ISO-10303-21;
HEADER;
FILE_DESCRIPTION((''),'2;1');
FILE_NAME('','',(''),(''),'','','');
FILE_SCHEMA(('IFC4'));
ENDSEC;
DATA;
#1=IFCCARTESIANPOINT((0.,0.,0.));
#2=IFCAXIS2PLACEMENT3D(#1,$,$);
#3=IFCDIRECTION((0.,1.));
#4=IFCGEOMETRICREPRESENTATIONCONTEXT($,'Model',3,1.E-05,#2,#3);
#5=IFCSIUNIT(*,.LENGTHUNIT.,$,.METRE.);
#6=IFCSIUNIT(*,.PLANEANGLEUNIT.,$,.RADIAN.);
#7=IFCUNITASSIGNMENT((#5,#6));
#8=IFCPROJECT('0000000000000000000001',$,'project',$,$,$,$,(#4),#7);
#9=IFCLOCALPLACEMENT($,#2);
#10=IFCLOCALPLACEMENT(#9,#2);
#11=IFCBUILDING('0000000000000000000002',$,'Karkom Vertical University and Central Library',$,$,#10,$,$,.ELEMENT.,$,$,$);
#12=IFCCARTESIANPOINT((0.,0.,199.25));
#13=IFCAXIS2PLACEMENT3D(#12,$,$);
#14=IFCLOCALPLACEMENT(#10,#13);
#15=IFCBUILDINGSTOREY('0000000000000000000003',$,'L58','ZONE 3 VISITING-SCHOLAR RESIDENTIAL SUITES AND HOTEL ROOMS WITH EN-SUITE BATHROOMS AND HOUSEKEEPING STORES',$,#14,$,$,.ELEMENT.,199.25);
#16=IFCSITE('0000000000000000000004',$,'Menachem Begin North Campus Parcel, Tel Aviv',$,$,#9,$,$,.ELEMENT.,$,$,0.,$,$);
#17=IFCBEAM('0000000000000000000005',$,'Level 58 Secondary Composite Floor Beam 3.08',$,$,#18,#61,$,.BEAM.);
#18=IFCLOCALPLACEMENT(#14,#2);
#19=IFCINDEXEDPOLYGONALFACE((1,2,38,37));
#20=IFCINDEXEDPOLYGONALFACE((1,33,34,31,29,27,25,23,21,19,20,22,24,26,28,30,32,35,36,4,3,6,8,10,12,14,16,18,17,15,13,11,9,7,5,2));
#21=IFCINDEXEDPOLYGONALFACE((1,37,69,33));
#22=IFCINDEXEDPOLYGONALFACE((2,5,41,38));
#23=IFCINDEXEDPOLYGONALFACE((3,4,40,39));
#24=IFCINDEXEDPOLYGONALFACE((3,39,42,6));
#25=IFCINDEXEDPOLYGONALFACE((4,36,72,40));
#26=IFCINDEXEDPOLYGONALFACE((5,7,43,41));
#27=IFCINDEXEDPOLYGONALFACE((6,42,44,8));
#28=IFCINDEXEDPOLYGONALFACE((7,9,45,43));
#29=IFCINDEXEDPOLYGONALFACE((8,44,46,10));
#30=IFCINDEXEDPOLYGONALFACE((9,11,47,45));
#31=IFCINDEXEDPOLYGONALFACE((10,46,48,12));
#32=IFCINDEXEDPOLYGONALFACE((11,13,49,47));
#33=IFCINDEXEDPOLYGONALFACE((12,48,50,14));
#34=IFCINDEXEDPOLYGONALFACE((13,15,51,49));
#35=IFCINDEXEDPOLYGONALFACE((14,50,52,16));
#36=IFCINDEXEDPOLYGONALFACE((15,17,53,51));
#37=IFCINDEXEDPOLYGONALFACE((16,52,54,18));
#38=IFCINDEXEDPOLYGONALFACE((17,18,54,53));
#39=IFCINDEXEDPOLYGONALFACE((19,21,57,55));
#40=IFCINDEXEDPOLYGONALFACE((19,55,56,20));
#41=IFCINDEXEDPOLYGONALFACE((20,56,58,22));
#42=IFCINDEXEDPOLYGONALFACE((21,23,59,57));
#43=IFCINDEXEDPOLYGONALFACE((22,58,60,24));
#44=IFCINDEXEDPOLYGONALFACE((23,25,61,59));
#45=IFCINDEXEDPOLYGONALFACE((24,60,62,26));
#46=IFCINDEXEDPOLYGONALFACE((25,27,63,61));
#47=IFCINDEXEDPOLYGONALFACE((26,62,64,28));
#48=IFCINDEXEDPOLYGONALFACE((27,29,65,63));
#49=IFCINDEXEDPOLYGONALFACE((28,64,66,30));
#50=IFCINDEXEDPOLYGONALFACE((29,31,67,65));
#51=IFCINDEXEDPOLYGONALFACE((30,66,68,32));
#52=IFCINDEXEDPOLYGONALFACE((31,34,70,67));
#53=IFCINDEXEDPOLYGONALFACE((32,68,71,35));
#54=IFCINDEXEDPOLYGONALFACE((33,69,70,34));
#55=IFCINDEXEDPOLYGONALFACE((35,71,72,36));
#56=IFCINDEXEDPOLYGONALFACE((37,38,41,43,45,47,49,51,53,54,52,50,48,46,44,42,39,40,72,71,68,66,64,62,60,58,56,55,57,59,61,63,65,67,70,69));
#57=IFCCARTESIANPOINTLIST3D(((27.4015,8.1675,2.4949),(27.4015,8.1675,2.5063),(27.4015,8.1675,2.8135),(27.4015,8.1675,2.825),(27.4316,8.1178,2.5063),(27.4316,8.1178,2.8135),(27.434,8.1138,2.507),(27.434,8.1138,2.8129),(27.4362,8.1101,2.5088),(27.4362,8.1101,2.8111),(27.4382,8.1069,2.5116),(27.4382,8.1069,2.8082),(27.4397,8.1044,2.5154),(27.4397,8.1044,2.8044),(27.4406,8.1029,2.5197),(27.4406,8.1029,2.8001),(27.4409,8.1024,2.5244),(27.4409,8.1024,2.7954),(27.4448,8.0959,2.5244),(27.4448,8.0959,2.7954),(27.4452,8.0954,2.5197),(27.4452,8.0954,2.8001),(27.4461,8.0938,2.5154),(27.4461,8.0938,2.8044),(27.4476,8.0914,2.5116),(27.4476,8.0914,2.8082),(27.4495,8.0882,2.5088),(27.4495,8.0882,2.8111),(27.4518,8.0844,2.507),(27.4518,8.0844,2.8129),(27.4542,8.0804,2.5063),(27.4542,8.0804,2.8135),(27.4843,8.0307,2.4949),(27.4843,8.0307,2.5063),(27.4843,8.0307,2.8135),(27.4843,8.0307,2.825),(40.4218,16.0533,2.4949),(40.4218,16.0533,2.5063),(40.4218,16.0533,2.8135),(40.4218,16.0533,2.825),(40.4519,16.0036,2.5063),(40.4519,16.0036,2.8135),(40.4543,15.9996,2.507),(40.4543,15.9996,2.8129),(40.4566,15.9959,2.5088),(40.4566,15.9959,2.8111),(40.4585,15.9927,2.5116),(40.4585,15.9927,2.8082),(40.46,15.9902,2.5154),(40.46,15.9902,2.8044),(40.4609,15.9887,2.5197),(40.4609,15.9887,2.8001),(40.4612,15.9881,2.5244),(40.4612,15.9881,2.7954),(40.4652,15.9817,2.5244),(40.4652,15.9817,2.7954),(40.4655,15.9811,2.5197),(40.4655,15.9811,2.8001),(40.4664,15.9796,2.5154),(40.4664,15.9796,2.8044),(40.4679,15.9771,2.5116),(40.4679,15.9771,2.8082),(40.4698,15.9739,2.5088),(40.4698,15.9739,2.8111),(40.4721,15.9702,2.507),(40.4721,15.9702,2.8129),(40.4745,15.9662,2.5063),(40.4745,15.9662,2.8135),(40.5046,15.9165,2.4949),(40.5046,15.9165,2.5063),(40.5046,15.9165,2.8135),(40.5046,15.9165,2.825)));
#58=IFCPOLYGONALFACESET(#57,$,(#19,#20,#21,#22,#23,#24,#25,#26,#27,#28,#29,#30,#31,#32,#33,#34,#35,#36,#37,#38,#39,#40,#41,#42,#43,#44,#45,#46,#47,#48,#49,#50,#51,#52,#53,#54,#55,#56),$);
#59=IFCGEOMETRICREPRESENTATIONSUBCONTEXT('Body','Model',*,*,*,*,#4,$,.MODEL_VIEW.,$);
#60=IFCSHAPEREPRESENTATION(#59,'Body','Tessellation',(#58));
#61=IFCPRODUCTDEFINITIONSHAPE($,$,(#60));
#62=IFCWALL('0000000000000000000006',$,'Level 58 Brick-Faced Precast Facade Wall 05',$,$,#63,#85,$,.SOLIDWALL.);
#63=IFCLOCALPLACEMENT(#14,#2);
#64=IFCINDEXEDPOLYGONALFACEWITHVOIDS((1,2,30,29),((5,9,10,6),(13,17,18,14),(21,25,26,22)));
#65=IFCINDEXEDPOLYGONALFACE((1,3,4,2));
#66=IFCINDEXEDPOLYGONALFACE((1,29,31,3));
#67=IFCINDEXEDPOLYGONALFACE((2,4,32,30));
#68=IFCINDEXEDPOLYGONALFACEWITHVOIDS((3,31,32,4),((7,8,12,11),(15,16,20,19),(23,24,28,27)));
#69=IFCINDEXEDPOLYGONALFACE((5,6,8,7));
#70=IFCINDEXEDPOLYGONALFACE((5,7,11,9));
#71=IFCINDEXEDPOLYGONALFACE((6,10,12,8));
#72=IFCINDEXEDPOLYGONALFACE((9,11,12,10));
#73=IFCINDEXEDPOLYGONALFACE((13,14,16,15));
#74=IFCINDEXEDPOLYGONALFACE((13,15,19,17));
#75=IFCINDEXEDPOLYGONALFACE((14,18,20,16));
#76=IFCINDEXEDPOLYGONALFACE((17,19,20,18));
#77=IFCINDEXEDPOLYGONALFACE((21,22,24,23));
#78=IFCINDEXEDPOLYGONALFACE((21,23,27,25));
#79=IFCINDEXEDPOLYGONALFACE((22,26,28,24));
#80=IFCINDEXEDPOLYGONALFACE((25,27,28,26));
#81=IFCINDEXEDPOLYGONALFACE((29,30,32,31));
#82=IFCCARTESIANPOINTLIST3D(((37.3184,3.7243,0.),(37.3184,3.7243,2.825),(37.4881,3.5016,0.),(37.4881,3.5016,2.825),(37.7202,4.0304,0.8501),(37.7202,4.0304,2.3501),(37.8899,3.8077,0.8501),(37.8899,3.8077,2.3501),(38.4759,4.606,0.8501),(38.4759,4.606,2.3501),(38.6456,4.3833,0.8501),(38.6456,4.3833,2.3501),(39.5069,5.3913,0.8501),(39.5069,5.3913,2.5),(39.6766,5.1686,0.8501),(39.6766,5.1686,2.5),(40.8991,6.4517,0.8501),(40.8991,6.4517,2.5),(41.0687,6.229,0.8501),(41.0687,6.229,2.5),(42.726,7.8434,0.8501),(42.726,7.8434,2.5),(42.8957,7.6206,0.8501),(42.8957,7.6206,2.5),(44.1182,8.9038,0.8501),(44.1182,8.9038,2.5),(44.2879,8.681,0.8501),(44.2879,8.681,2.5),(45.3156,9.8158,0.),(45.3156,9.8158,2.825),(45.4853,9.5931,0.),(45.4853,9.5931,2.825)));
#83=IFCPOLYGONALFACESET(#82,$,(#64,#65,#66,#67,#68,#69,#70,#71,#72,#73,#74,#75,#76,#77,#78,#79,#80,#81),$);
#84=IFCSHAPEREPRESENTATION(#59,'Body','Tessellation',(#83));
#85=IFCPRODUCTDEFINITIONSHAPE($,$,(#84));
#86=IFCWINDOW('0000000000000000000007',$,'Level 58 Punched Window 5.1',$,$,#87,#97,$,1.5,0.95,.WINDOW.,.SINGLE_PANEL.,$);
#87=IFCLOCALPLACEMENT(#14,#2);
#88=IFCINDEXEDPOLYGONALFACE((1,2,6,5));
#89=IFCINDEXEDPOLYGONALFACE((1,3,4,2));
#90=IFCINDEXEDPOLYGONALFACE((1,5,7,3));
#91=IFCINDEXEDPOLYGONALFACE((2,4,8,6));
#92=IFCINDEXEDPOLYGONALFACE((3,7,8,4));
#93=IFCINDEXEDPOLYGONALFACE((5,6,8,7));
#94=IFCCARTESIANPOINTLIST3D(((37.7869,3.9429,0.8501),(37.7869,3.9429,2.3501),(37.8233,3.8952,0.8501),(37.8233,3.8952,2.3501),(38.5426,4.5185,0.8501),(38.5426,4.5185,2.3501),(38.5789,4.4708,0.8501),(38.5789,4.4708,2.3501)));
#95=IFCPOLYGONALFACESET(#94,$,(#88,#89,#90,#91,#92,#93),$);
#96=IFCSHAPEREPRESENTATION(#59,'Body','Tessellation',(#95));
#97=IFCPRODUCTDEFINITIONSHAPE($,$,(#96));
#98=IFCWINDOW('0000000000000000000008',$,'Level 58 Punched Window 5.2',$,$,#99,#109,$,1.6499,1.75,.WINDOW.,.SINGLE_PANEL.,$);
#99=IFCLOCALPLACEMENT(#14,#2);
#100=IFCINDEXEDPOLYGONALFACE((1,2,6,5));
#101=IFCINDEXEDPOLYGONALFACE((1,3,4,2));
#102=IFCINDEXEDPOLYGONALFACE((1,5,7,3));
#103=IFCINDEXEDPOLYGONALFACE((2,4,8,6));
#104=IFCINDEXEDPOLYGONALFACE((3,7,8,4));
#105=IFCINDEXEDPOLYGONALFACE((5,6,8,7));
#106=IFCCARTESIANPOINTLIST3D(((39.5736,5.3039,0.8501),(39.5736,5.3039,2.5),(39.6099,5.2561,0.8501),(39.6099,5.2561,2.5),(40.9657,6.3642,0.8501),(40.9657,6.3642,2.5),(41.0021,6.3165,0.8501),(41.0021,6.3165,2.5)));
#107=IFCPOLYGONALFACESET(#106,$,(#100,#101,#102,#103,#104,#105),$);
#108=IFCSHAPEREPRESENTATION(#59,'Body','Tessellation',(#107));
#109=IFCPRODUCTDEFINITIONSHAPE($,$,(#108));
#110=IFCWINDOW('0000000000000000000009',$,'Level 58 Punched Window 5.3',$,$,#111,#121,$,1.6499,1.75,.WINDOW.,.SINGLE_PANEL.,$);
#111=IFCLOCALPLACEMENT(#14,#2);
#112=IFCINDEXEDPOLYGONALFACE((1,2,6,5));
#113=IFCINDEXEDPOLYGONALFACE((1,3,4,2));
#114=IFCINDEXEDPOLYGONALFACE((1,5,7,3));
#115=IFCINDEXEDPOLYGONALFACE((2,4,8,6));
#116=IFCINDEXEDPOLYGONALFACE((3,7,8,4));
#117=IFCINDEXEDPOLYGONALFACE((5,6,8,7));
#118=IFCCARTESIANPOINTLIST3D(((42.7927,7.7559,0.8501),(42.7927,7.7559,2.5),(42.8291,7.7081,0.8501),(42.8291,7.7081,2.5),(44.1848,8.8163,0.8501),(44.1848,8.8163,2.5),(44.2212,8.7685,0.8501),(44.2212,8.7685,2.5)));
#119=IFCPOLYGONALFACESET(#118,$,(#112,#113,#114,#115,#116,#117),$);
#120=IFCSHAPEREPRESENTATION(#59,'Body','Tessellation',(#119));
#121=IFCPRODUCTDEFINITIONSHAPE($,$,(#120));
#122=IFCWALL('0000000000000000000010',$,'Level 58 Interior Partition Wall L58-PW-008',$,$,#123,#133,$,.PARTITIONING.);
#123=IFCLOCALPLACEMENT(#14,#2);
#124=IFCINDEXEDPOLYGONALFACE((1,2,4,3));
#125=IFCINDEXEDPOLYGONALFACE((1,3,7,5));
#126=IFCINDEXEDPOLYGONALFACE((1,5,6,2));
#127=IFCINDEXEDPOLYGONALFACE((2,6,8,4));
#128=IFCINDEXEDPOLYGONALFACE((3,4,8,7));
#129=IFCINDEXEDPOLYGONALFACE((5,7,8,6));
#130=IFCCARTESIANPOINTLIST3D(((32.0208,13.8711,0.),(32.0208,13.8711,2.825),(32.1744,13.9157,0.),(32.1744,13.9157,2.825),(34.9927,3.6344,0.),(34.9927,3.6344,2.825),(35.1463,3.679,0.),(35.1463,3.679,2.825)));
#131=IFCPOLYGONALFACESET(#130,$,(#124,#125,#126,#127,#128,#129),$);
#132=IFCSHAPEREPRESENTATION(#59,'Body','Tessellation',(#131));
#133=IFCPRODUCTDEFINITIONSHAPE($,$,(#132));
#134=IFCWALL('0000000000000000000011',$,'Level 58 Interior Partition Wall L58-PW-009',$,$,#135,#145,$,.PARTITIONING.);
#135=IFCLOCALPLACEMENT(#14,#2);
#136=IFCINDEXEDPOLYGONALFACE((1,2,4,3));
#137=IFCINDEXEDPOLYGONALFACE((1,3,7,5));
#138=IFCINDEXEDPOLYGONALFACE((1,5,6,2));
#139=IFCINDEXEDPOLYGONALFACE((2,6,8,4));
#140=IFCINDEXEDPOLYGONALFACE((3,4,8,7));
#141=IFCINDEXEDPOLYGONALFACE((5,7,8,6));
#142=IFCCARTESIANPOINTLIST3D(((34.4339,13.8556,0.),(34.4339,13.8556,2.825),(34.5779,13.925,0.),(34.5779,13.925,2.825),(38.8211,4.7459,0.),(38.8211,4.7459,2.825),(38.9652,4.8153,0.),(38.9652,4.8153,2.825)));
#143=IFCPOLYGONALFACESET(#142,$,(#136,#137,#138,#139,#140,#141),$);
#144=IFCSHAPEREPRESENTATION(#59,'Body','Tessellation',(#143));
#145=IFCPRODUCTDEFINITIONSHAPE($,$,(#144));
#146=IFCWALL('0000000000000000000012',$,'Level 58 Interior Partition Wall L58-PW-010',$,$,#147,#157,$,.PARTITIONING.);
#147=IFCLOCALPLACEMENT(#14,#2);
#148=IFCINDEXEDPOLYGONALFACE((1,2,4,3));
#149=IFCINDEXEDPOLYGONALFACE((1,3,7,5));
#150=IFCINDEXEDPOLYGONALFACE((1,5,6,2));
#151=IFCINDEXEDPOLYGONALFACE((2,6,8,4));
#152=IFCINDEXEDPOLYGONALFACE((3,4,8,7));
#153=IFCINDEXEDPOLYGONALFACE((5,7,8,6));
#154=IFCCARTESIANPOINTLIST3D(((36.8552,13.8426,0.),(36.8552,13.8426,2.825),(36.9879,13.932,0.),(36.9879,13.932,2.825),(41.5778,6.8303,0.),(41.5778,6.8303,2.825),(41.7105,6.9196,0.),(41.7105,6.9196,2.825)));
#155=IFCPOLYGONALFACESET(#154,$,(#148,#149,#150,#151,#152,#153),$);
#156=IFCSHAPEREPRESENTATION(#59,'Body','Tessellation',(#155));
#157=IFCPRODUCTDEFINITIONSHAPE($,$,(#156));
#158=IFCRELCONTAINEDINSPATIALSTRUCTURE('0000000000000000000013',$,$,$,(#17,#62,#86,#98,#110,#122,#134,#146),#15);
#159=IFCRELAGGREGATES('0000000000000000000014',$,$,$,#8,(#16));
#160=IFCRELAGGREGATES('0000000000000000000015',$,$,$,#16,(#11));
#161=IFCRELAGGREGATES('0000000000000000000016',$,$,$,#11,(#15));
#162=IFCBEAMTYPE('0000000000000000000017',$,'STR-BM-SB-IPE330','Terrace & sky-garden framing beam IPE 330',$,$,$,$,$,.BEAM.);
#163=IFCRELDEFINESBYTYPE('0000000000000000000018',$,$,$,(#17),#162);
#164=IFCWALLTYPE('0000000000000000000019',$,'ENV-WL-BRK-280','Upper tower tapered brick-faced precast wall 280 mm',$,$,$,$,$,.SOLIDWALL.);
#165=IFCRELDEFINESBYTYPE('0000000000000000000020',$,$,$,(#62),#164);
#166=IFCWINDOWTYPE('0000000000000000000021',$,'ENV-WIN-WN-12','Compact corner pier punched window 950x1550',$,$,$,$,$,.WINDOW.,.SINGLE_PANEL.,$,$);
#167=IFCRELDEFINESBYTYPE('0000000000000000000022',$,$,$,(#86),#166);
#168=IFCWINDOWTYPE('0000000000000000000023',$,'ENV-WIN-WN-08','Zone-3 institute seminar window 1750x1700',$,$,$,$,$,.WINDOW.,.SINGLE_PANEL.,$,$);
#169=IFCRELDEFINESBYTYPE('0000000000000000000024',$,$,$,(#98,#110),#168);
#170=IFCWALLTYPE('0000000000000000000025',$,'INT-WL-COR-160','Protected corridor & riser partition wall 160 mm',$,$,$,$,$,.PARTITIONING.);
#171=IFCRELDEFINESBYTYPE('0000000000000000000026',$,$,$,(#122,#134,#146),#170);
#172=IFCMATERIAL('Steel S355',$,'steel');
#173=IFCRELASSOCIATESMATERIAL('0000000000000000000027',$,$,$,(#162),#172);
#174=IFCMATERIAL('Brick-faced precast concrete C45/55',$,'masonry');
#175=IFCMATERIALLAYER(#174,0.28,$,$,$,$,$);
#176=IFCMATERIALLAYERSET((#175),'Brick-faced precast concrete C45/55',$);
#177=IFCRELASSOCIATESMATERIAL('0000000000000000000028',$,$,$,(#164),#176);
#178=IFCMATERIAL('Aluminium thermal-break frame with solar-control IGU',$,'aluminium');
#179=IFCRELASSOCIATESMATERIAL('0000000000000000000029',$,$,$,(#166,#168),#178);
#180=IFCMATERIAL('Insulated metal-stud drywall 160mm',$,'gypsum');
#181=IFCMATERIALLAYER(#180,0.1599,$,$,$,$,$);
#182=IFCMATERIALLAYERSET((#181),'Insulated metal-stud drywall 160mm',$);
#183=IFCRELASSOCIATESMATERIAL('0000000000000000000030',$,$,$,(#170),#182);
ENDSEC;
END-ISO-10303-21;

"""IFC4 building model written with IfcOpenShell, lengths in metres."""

from ifc_helpers import new_model, si_unit, direction, frame, frame_2d, origin, origin_with_axes, origin_2d, place, context, subcontext, project, spatial, rectangle, i_section, extrude, source, transform, mapped, material, layer, layer_set, material_profile, profile_set, type_object, element, fill, save


model = new_model("IFC4")

# Units and contexts
model_context = context("Model", 3, precision=1e-05, world=origin(), true_north=direction((0.0, 1.0)))
body_context = subcontext(model_context, "Body", "Model", "MODEL_VIEW")
ifc_project = project(units=[si_unit("LENGTHUNIT", "METRE"), si_unit("PLANEANGLEUNIT", "RADIAN")], contexts=[model_context])

# Site, building, storey
site_placement = place(None, origin())
site = spatial("IfcSite", under=ifc_project, at=site_placement, Name="Menachem Begin North Campus Parcel, Tel Aviv", CompositionType="ELEMENT", RefElevation=0.0)
building_placement = place(site_placement, origin())
building = spatial("IfcBuilding", under=site, at=building_placement, Name="Karkom Vertical University and Central Library", CompositionType="ELEMENT")
storey_placement = place(building_placement, frame((0.0, 0.0, 199.25)))
storey = spatial("IfcBuildingStorey", under=building, at=storey_placement, Name="L58", Description="ZONE 3 VISITING-SCHOLAR RESIDENTIAL SUITES AND HOTEL ROOMS WITH EN-SUITE BATHROOMS AND HOUSEKEEPING STORES", CompositionType="ELEMENT", Elevation=199.25)

# Beam
ifc_material_1 = material(Name="Steel S355", Category="steel")
ifc_material_profile_1 = material_profile(ifc_material_1, i_section(OverallWidth=0.1599, OverallDepth=0.3301, WebThickness=0.0076, FlangeThickness=0.0115, FilletRadius=0.0181, at=origin_2d()), Name="IPE 330")
ifc_profile_set_1 = profile_set([ifc_material_profile_1], Name="Steel S355")
beam_type_1 = type_object("IfcBeamType", Name="STR-BM-SB-IPE330", Description="Terrace & sky-garden framing beam IPE 330", PredefinedType="BEAM", material=ifc_profile_set_1)
shared_shape_1 = source(origin_with_axes(), body_context, "Body", "SweptSolid", [
    extrude(i_section(OverallWidth=0.1599, OverallDepth=0.3301, WebThickness=0.0076, FlangeThickness=0.0115, FilletRadius=0.0181, at=origin_2d()), origin(), (0.0, 0.0, 1.0), 15.2222),
])
beam_1_placement = place(storey_placement, frame((27.4429, 8.0991, 2.6599), z_axis=(0.855353, 0.518046, 0.0), x_axis=(-0.518046, 0.855353, 0.0)))
element("IfcBeam", 1, at=beam_1_placement, inside=storey, type_object=beam_type_1, Name="Level 58 Secondary Composite Floor Beam 3.08", PredefinedType="BEAM", context=body_context, shape_type="MappedRepresentation", body=[
    mapped(shared_shape_1, transform((0.0, 0.0, 0.0), scale=1.0)),
])

# Wall, openings, windows
ifc_material_2 = material(Name="Brick-faced precast concrete C45/55", Category="masonry")
ifc_layer_1 = layer(ifc_material_2, 0.28)
ifc_layer_set_1 = layer_set([ifc_layer_1], Name="Brick-faced precast concrete C45/55")
wall_type_1 = type_object("IfcWallType", Name="ENV-WL-BRK-280", Description="Upper tower tapered brick-faced precast wall 280 mm", PredefinedType="SOLIDWALL", material=ifc_layer_set_1)
wall_1_placement = place(storey_placement, frame((37.4033, 3.613, 0.0), z_axis=(0.0, 0.0, 1.0), x_axis=(0.79551, 0.60594, 0.0)))
wall_1 = element("IfcWall", 2, at=wall_1_placement, inside=storey, type_object=wall_type_1, Name="Level 58 Brick-Faced Precast Facade Wall 05", PredefinedType="SOLIDWALL", context=body_context, shape_type="SweptSolid", body=[
    extrude(rectangle(XDim=10.053, YDim=0.28, at=frame_2d((5.0264, 0.0))), origin(), (0.0, 0.0, 1.0), 2.825),
])
opening_1_placement = place(wall_1_placement, frame((0.5049, 0.0, 0.8501)))
opening_1 = element("IfcOpeningElement", 3, at=opening_1_placement, cuts=wall_1, PredefinedType="OPENING", context=body_context, shape_type="SweptSolid", body=[
    extrude(rectangle(XDim=0.95, YDim=1.5, at=frame_2d((0.4751, 0.75))), frame((0.0, 0.1499, 0.0), z_axis=(0.0, -1.0, 0.0), x_axis=(1.0, 0.0, 0.0)), (0.0, 0.0, 1.0), 0.3),
])
opening_2_placement = place(wall_1_placement, frame((2.751, 0.0, 0.8501)))
opening_2 = element("IfcOpeningElement", 4, at=opening_2_placement, cuts=wall_1, PredefinedType="OPENING", context=body_context, shape_type="SweptSolid", body=[
    extrude(rectangle(XDim=1.75, YDim=1.6499, at=frame_2d((0.875, 0.825))), frame((0.0, 0.1499, 0.0), z_axis=(0.0, -1.0, 0.0), x_axis=(1.0, 0.0, 0.0)), (0.0, 0.0, 1.0), 0.3),
])
opening_3_placement = place(wall_1_placement, frame((6.7976, 0.0, 0.8501)))
opening_3 = element("IfcOpeningElement", 5, at=opening_3_placement, cuts=wall_1, PredefinedType="OPENING", context=body_context, shape_type="SweptSolid", body=[
    extrude(rectangle(XDim=1.75, YDim=1.6499, at=frame_2d((0.875, 0.825))), frame((0.0, 0.1499, 0.0), z_axis=(0.0, -1.0, 0.0), x_axis=(1.0, 0.0, 0.0)), (0.0, 0.0, 1.0), 0.3),
])
ifc_material_3 = material(Name="Aluminium thermal-break frame with solar-control IGU", Category="aluminium")
window_type_1 = type_object("IfcWindowType", Name="ENV-WIN-WN-12", Description="Compact corner pier punched window 950x1550", PartitioningType="SINGLE_PANEL", PredefinedType="WINDOW", material=ifc_material_3)
shared_shape_2 = source(origin_with_axes(), body_context, "Body", "SweptSolid", [
    extrude(rectangle(XDim=0.95, YDim=1.5, at=frame_2d((0.4751, 0.75))), frame((0.0, 0.03, 0.0), z_axis=(0.0, -1.0, 0.0), x_axis=(1.0, 0.0, 0.0)), (0.0, 0.0, 1.0), 0.0601),
])
window_1_placement = place(opening_1_placement, origin())
window_1 = element("IfcWindow", 6, at=window_1_placement, inside=storey, type_object=window_type_1, Name="Level 58 Punched Window 5.1", OverallHeight=1.5, OverallWidth=0.95, PartitioningType="SINGLE_PANEL", PredefinedType="WINDOW", context=body_context, shape_type="MappedRepresentation", body=[
    mapped(shared_shape_2, transform((0.0, 0.0, 0.0), scale=1.0)),
])
fill(opening_1, window_1)
window_type_2 = type_object("IfcWindowType", Name="ENV-WIN-WN-08", Description="Zone-3 institute seminar window 1750x1700", PartitioningType="SINGLE_PANEL", PredefinedType="WINDOW", material=ifc_material_3)
shared_shape_3 = source(origin_with_axes(), body_context, "Body", "SweptSolid", [
    extrude(rectangle(XDim=1.75, YDim=1.6499, at=frame_2d((0.875, 0.825))), frame((0.0, 0.03, 0.0), z_axis=(0.0, -1.0, 0.0), x_axis=(1.0, 0.0, 0.0)), (0.0, 0.0, 1.0), 0.0601),
])
window_2_placement = place(opening_2_placement, origin())
window_2 = element("IfcWindow", 7, at=window_2_placement, inside=storey, type_object=window_type_2, Name="Level 58 Punched Window 5.2", OverallHeight=1.6499, OverallWidth=1.75, PartitioningType="SINGLE_PANEL", PredefinedType="WINDOW", context=body_context, shape_type="MappedRepresentation", body=[
    mapped(shared_shape_3, transform((0.0, 0.0, 0.0), scale=1.0)),
])
fill(opening_2, window_2)
window_3_placement = place(opening_3_placement, origin())
window_3 = element("IfcWindow", 8, at=window_3_placement, inside=storey, type_object=window_type_2, Name="Level 58 Punched Window 5.3", OverallHeight=1.6499, OverallWidth=1.75, PartitioningType="SINGLE_PANEL", PredefinedType="WINDOW", context=body_context, shape_type="MappedRepresentation", body=[
    mapped(shared_shape_3, transform((0.0, 0.0, 0.0), scale=1.0)),
])
fill(opening_3, window_3)

# Walls
ifc_material_4 = material(Name="Insulated metal-stud drywall 160mm", Category="gypsum")
ifc_layer_2 = layer(ifc_material_4, 0.1599)
ifc_layer_set_2 = layer_set([ifc_layer_2], Name="Insulated metal-stud drywall 160mm")
wall_type_2 = type_object("IfcWallType", Name="INT-WL-COR-160", Description="Protected corridor & riser partition wall 160 mm", PredefinedType="PARTITIONING", material=ifc_layer_set_2)
wall_2_placement = place(storey_placement, frame((32.0977, 13.8933, 0.0), z_axis=(0.0, 0.0, 1.0), x_axis=(0.278805, -0.960348, 0.0)))
element("IfcWall", 9, at=wall_2_placement, inside=storey, type_object=wall_type_2, Name="Level 58 Interior Partition Wall L58-PW-008", PredefinedType="PARTITIONING", context=body_context, shape_type="SweptSolid", body=[
    extrude(rectangle(XDim=10.6594, YDim=0.1599, at=frame_2d((5.3296, 0.0))), origin(), (0.0, 0.0, 1.0), 2.825),
])
wall_3_placement = place(storey_placement, frame((34.5059, 13.8904, 0.0), z_axis=(0.0, 0.0, 1.0), x_axis=(0.433903, -0.900959, 0.0)))
element("IfcWall", 10, at=wall_3_placement, inside=storey, type_object=wall_type_2, Name="Level 58 Interior Partition Wall L58-PW-009", PredefinedType="PARTITIONING", context=body_context, shape_type="SweptSolid", body=[
    extrude(rectangle(XDim=10.1111, YDim=0.1599, at=frame_2d((5.0557, 0.0))), origin(), (0.0, 0.0, 1.0), 2.825),
])
wall_4_placement = place(storey_placement, frame((36.9216, 13.8872, 0.0), z_axis=(0.0, 0.0, 1.0), x_axis=(0.558599, -0.829438, 0.0)))
element("IfcWall", 11, at=wall_4_placement, inside=storey, type_object=wall_type_2, Name="Level 58 Interior Partition Wall L58-PW-010", PredefinedType="PARTITIONING", context=body_context, shape_type="SweptSolid", body=[
    extrude(rectangle(XDim=8.4543, YDim=0.1599, at=frame_2d((4.2271, 0.0))), origin(), (0.0, 0.0, 1.0), 2.825),
])

save(model, "model.ifc")
